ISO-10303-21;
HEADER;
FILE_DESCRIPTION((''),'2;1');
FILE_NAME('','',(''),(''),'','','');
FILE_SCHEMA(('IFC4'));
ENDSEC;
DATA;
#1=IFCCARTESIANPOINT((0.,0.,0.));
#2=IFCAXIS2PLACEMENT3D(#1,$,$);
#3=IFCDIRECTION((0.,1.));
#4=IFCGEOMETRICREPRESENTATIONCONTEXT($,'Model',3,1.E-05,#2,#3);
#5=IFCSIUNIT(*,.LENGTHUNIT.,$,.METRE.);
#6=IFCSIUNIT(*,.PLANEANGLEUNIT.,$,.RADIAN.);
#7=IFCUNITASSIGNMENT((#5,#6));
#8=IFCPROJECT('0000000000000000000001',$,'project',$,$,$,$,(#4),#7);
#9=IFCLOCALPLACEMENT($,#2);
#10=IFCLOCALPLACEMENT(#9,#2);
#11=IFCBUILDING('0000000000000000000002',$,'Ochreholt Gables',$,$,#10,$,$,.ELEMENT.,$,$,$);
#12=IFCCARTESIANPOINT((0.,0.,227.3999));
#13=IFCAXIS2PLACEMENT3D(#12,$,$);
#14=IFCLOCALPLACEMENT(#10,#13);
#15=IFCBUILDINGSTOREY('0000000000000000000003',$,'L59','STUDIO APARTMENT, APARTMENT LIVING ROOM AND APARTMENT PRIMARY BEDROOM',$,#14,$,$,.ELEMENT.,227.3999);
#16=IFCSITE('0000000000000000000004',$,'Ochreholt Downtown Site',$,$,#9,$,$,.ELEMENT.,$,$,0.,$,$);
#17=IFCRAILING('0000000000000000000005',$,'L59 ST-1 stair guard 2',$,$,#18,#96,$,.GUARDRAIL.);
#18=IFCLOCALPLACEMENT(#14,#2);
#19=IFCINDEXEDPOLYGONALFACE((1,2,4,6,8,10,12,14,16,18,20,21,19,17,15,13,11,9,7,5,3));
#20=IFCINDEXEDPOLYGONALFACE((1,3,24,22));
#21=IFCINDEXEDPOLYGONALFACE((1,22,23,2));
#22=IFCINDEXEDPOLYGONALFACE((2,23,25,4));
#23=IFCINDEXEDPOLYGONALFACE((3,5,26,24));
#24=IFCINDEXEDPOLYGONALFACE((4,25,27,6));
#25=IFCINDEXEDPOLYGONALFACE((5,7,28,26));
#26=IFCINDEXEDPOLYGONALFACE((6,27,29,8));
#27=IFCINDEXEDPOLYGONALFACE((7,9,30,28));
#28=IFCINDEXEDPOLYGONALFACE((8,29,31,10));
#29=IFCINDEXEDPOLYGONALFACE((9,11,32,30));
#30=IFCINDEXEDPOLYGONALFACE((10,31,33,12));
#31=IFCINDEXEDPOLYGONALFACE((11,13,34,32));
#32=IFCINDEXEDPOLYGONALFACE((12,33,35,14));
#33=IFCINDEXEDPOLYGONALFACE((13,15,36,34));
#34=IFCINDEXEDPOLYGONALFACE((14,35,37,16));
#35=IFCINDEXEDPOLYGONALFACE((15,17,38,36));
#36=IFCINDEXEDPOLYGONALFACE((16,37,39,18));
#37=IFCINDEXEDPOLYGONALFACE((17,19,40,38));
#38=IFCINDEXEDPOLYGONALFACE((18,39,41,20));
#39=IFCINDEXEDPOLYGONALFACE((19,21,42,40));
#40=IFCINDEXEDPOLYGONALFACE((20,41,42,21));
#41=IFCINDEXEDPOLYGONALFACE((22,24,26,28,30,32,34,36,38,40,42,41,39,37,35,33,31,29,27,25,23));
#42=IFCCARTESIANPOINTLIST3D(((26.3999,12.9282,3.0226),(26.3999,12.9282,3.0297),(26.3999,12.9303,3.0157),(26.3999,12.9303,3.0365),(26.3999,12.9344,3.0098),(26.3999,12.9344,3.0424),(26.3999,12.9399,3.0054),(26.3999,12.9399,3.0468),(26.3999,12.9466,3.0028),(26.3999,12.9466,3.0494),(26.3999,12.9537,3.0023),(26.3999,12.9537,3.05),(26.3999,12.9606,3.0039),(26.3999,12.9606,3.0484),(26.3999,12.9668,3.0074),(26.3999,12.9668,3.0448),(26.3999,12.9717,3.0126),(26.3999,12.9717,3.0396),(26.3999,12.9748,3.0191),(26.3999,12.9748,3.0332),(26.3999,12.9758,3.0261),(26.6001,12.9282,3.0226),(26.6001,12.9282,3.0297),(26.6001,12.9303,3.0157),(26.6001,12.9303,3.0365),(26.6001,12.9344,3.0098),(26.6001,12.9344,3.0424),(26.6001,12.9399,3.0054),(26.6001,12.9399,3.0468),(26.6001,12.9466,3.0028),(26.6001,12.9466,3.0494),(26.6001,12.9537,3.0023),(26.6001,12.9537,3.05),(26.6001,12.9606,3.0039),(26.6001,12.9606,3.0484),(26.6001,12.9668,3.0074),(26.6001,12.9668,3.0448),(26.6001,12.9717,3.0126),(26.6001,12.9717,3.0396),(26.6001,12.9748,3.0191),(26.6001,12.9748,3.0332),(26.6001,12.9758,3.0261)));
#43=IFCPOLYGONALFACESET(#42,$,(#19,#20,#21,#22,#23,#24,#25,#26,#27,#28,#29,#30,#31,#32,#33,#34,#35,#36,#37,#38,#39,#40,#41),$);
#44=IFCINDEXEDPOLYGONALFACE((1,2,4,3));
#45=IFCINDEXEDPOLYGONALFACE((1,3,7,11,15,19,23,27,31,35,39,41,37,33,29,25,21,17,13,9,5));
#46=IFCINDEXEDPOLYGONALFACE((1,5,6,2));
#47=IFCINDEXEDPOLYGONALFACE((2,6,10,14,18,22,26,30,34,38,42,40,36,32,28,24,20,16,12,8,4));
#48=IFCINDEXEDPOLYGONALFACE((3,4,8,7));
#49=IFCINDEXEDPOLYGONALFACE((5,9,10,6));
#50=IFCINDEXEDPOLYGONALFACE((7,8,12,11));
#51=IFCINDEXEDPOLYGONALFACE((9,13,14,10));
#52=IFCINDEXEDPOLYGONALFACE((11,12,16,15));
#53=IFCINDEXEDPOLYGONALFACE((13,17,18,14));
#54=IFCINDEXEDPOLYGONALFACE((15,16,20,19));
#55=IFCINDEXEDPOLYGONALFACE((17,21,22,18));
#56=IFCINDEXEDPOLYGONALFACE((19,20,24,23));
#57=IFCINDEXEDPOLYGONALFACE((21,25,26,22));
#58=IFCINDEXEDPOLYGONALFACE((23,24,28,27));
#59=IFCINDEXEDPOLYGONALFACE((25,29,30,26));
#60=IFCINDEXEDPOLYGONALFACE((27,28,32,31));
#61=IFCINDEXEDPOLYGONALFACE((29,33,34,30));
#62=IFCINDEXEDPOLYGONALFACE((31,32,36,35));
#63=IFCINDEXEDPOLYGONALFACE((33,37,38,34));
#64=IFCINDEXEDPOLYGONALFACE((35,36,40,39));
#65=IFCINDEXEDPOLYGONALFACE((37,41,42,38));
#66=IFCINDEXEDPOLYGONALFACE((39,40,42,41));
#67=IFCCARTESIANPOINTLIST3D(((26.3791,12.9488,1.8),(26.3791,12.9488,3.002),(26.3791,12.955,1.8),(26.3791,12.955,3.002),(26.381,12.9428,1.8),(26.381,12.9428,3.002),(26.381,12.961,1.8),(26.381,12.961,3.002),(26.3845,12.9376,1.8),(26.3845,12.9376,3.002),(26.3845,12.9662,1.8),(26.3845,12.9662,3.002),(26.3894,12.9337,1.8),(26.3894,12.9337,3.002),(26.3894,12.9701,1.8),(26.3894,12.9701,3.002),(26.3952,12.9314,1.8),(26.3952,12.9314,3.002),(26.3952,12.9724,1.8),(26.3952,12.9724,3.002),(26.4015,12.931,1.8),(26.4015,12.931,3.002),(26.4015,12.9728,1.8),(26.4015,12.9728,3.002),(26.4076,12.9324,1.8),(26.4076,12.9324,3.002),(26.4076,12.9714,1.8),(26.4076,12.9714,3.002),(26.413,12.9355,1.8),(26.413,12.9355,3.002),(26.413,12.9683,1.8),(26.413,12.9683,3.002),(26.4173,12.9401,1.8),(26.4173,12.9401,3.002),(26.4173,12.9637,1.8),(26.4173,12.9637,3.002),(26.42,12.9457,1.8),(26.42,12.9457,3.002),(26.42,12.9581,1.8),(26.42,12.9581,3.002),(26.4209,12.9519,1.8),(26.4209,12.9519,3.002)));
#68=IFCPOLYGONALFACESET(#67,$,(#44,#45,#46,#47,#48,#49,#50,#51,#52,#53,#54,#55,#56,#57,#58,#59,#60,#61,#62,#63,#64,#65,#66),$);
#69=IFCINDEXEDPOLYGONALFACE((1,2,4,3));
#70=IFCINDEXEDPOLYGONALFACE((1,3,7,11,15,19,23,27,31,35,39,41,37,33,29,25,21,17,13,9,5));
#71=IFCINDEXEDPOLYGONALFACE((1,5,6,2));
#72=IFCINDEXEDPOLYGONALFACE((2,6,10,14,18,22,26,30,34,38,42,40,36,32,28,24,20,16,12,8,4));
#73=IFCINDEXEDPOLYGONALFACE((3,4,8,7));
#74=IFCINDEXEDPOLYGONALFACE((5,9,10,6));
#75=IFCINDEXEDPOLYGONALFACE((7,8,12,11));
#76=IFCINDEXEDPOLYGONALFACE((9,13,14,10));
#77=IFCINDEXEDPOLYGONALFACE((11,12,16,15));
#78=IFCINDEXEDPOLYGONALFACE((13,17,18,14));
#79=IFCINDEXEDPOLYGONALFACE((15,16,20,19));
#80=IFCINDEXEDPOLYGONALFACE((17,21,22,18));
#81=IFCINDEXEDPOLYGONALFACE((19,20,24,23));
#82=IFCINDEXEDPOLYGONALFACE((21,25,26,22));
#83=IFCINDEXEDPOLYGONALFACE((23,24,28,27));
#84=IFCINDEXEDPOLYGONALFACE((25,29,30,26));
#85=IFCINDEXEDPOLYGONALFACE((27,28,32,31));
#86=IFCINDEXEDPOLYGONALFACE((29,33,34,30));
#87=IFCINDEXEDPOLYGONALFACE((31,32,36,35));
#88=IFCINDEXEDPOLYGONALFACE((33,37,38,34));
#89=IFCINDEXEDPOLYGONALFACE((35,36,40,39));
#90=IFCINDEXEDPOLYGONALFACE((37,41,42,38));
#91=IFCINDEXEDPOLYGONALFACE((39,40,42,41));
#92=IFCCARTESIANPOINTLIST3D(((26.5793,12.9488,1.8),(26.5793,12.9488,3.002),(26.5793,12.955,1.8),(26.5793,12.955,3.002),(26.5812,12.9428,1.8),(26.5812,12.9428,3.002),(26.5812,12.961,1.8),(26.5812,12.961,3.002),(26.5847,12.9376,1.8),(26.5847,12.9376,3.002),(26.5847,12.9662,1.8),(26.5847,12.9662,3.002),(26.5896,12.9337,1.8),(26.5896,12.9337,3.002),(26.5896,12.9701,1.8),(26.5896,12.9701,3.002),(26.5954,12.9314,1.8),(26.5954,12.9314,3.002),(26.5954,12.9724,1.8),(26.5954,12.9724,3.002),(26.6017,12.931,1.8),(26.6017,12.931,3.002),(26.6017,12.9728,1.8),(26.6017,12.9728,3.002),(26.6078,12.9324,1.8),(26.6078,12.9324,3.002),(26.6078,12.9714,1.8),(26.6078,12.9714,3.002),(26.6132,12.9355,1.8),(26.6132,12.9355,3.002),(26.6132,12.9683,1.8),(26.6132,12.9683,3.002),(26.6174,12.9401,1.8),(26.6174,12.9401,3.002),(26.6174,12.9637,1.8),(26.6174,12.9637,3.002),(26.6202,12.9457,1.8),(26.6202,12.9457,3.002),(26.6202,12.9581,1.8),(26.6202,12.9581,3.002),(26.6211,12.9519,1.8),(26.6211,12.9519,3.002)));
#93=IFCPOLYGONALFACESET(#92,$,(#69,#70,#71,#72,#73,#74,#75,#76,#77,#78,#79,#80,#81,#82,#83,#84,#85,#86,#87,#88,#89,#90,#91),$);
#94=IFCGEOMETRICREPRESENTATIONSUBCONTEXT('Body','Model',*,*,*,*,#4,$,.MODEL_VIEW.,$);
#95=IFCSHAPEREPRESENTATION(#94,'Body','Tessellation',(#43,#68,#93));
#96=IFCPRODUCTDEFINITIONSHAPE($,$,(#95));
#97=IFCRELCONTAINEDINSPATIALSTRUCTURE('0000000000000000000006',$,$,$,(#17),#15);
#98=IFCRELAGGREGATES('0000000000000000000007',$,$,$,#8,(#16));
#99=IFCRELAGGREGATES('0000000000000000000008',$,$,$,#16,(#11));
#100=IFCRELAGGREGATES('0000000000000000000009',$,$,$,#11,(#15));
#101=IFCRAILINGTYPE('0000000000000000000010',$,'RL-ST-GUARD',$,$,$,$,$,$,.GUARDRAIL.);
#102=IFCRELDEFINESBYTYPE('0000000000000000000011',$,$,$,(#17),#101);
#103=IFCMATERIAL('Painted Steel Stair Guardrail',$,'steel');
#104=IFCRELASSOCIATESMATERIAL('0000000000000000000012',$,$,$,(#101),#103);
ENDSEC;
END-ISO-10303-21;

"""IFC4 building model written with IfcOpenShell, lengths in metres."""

from ifc_helpers import new_model, si_unit, direction, frame, origin, origin_2d, place, context, subcontext, project, spatial, circle, extrude, material, type_object, element, save


model = new_model("IFC4")

# Units and contexts
model_context = context("Model", 3, precision=1e-05, world=origin(), true_north=direction((0.0, 1.0)))
body_context = subcontext(model_context, "Body", "Model", "MODEL_VIEW")
ifc_project = project(units=[si_unit("LENGTHUNIT", "METRE"), si_unit("PLANEANGLEUNIT", "RADIAN")], contexts=[model_context])

# Site, building, storey
site_placement = place(None, origin())
site = spatial("IfcSite", under=ifc_project, at=site_placement, Name="Ochreholt Downtown Site", CompositionType="ELEMENT", RefElevation=0.0)
building_placement = place(site_placement, origin())
building = spatial("IfcBuilding", under=site, at=building_placement, Name="Ochreholt Gables", CompositionType="ELEMENT")
storey_placement = place(building_placement, frame((0.0, 0.0, 227.3999)))
storey = spatial("IfcBuildingStorey", under=building, at=storey_placement, Name="L59", Description="STUDIO APARTMENT, APARTMENT LIVING ROOM AND APARTMENT PRIMARY BEDROOM", CompositionType="ELEMENT", Elevation=227.3999)

# Railing
ifc_material_1 = material(Name="Painted Steel Stair Guardrail", Category="steel")
railing_type = type_object("IfcRailingType", Name="RL-ST-GUARD", PredefinedType="GUARDRAIL", material=ifc_material_1)
railing_1_placement = place(storey_placement, frame((26.3999, 12.9519, 1.8)))
element("IfcRailing", 1, at=railing_1_placement, inside=storey, type_object=railing_type, Name="L59 ST-1 stair guard 2", PredefinedType="GUARDRAIL", context=body_context, shape_type="SweptSolid", body=[
    extrude(circle(Radius=0.0239, at=origin_2d()), frame((0.0, 0.0, 1.2261), z_axis=(1.0, 0.0, 0.0), x_axis=(0.0, 1.0, 0.0)), (0.0, 0.0, 1.0), 0.2002),
    extrude(circle(Radius=0.021, at=origin_2d()), origin(), (0.0, 0.0, 1.0), 1.2019),
    extrude(circle(Radius=0.021, at=origin_2d()), frame((0.2002, 0.0, 0.0)), (0.0, 0.0, 1.0), 1.2019),
])

save(model, "model.ifc")
